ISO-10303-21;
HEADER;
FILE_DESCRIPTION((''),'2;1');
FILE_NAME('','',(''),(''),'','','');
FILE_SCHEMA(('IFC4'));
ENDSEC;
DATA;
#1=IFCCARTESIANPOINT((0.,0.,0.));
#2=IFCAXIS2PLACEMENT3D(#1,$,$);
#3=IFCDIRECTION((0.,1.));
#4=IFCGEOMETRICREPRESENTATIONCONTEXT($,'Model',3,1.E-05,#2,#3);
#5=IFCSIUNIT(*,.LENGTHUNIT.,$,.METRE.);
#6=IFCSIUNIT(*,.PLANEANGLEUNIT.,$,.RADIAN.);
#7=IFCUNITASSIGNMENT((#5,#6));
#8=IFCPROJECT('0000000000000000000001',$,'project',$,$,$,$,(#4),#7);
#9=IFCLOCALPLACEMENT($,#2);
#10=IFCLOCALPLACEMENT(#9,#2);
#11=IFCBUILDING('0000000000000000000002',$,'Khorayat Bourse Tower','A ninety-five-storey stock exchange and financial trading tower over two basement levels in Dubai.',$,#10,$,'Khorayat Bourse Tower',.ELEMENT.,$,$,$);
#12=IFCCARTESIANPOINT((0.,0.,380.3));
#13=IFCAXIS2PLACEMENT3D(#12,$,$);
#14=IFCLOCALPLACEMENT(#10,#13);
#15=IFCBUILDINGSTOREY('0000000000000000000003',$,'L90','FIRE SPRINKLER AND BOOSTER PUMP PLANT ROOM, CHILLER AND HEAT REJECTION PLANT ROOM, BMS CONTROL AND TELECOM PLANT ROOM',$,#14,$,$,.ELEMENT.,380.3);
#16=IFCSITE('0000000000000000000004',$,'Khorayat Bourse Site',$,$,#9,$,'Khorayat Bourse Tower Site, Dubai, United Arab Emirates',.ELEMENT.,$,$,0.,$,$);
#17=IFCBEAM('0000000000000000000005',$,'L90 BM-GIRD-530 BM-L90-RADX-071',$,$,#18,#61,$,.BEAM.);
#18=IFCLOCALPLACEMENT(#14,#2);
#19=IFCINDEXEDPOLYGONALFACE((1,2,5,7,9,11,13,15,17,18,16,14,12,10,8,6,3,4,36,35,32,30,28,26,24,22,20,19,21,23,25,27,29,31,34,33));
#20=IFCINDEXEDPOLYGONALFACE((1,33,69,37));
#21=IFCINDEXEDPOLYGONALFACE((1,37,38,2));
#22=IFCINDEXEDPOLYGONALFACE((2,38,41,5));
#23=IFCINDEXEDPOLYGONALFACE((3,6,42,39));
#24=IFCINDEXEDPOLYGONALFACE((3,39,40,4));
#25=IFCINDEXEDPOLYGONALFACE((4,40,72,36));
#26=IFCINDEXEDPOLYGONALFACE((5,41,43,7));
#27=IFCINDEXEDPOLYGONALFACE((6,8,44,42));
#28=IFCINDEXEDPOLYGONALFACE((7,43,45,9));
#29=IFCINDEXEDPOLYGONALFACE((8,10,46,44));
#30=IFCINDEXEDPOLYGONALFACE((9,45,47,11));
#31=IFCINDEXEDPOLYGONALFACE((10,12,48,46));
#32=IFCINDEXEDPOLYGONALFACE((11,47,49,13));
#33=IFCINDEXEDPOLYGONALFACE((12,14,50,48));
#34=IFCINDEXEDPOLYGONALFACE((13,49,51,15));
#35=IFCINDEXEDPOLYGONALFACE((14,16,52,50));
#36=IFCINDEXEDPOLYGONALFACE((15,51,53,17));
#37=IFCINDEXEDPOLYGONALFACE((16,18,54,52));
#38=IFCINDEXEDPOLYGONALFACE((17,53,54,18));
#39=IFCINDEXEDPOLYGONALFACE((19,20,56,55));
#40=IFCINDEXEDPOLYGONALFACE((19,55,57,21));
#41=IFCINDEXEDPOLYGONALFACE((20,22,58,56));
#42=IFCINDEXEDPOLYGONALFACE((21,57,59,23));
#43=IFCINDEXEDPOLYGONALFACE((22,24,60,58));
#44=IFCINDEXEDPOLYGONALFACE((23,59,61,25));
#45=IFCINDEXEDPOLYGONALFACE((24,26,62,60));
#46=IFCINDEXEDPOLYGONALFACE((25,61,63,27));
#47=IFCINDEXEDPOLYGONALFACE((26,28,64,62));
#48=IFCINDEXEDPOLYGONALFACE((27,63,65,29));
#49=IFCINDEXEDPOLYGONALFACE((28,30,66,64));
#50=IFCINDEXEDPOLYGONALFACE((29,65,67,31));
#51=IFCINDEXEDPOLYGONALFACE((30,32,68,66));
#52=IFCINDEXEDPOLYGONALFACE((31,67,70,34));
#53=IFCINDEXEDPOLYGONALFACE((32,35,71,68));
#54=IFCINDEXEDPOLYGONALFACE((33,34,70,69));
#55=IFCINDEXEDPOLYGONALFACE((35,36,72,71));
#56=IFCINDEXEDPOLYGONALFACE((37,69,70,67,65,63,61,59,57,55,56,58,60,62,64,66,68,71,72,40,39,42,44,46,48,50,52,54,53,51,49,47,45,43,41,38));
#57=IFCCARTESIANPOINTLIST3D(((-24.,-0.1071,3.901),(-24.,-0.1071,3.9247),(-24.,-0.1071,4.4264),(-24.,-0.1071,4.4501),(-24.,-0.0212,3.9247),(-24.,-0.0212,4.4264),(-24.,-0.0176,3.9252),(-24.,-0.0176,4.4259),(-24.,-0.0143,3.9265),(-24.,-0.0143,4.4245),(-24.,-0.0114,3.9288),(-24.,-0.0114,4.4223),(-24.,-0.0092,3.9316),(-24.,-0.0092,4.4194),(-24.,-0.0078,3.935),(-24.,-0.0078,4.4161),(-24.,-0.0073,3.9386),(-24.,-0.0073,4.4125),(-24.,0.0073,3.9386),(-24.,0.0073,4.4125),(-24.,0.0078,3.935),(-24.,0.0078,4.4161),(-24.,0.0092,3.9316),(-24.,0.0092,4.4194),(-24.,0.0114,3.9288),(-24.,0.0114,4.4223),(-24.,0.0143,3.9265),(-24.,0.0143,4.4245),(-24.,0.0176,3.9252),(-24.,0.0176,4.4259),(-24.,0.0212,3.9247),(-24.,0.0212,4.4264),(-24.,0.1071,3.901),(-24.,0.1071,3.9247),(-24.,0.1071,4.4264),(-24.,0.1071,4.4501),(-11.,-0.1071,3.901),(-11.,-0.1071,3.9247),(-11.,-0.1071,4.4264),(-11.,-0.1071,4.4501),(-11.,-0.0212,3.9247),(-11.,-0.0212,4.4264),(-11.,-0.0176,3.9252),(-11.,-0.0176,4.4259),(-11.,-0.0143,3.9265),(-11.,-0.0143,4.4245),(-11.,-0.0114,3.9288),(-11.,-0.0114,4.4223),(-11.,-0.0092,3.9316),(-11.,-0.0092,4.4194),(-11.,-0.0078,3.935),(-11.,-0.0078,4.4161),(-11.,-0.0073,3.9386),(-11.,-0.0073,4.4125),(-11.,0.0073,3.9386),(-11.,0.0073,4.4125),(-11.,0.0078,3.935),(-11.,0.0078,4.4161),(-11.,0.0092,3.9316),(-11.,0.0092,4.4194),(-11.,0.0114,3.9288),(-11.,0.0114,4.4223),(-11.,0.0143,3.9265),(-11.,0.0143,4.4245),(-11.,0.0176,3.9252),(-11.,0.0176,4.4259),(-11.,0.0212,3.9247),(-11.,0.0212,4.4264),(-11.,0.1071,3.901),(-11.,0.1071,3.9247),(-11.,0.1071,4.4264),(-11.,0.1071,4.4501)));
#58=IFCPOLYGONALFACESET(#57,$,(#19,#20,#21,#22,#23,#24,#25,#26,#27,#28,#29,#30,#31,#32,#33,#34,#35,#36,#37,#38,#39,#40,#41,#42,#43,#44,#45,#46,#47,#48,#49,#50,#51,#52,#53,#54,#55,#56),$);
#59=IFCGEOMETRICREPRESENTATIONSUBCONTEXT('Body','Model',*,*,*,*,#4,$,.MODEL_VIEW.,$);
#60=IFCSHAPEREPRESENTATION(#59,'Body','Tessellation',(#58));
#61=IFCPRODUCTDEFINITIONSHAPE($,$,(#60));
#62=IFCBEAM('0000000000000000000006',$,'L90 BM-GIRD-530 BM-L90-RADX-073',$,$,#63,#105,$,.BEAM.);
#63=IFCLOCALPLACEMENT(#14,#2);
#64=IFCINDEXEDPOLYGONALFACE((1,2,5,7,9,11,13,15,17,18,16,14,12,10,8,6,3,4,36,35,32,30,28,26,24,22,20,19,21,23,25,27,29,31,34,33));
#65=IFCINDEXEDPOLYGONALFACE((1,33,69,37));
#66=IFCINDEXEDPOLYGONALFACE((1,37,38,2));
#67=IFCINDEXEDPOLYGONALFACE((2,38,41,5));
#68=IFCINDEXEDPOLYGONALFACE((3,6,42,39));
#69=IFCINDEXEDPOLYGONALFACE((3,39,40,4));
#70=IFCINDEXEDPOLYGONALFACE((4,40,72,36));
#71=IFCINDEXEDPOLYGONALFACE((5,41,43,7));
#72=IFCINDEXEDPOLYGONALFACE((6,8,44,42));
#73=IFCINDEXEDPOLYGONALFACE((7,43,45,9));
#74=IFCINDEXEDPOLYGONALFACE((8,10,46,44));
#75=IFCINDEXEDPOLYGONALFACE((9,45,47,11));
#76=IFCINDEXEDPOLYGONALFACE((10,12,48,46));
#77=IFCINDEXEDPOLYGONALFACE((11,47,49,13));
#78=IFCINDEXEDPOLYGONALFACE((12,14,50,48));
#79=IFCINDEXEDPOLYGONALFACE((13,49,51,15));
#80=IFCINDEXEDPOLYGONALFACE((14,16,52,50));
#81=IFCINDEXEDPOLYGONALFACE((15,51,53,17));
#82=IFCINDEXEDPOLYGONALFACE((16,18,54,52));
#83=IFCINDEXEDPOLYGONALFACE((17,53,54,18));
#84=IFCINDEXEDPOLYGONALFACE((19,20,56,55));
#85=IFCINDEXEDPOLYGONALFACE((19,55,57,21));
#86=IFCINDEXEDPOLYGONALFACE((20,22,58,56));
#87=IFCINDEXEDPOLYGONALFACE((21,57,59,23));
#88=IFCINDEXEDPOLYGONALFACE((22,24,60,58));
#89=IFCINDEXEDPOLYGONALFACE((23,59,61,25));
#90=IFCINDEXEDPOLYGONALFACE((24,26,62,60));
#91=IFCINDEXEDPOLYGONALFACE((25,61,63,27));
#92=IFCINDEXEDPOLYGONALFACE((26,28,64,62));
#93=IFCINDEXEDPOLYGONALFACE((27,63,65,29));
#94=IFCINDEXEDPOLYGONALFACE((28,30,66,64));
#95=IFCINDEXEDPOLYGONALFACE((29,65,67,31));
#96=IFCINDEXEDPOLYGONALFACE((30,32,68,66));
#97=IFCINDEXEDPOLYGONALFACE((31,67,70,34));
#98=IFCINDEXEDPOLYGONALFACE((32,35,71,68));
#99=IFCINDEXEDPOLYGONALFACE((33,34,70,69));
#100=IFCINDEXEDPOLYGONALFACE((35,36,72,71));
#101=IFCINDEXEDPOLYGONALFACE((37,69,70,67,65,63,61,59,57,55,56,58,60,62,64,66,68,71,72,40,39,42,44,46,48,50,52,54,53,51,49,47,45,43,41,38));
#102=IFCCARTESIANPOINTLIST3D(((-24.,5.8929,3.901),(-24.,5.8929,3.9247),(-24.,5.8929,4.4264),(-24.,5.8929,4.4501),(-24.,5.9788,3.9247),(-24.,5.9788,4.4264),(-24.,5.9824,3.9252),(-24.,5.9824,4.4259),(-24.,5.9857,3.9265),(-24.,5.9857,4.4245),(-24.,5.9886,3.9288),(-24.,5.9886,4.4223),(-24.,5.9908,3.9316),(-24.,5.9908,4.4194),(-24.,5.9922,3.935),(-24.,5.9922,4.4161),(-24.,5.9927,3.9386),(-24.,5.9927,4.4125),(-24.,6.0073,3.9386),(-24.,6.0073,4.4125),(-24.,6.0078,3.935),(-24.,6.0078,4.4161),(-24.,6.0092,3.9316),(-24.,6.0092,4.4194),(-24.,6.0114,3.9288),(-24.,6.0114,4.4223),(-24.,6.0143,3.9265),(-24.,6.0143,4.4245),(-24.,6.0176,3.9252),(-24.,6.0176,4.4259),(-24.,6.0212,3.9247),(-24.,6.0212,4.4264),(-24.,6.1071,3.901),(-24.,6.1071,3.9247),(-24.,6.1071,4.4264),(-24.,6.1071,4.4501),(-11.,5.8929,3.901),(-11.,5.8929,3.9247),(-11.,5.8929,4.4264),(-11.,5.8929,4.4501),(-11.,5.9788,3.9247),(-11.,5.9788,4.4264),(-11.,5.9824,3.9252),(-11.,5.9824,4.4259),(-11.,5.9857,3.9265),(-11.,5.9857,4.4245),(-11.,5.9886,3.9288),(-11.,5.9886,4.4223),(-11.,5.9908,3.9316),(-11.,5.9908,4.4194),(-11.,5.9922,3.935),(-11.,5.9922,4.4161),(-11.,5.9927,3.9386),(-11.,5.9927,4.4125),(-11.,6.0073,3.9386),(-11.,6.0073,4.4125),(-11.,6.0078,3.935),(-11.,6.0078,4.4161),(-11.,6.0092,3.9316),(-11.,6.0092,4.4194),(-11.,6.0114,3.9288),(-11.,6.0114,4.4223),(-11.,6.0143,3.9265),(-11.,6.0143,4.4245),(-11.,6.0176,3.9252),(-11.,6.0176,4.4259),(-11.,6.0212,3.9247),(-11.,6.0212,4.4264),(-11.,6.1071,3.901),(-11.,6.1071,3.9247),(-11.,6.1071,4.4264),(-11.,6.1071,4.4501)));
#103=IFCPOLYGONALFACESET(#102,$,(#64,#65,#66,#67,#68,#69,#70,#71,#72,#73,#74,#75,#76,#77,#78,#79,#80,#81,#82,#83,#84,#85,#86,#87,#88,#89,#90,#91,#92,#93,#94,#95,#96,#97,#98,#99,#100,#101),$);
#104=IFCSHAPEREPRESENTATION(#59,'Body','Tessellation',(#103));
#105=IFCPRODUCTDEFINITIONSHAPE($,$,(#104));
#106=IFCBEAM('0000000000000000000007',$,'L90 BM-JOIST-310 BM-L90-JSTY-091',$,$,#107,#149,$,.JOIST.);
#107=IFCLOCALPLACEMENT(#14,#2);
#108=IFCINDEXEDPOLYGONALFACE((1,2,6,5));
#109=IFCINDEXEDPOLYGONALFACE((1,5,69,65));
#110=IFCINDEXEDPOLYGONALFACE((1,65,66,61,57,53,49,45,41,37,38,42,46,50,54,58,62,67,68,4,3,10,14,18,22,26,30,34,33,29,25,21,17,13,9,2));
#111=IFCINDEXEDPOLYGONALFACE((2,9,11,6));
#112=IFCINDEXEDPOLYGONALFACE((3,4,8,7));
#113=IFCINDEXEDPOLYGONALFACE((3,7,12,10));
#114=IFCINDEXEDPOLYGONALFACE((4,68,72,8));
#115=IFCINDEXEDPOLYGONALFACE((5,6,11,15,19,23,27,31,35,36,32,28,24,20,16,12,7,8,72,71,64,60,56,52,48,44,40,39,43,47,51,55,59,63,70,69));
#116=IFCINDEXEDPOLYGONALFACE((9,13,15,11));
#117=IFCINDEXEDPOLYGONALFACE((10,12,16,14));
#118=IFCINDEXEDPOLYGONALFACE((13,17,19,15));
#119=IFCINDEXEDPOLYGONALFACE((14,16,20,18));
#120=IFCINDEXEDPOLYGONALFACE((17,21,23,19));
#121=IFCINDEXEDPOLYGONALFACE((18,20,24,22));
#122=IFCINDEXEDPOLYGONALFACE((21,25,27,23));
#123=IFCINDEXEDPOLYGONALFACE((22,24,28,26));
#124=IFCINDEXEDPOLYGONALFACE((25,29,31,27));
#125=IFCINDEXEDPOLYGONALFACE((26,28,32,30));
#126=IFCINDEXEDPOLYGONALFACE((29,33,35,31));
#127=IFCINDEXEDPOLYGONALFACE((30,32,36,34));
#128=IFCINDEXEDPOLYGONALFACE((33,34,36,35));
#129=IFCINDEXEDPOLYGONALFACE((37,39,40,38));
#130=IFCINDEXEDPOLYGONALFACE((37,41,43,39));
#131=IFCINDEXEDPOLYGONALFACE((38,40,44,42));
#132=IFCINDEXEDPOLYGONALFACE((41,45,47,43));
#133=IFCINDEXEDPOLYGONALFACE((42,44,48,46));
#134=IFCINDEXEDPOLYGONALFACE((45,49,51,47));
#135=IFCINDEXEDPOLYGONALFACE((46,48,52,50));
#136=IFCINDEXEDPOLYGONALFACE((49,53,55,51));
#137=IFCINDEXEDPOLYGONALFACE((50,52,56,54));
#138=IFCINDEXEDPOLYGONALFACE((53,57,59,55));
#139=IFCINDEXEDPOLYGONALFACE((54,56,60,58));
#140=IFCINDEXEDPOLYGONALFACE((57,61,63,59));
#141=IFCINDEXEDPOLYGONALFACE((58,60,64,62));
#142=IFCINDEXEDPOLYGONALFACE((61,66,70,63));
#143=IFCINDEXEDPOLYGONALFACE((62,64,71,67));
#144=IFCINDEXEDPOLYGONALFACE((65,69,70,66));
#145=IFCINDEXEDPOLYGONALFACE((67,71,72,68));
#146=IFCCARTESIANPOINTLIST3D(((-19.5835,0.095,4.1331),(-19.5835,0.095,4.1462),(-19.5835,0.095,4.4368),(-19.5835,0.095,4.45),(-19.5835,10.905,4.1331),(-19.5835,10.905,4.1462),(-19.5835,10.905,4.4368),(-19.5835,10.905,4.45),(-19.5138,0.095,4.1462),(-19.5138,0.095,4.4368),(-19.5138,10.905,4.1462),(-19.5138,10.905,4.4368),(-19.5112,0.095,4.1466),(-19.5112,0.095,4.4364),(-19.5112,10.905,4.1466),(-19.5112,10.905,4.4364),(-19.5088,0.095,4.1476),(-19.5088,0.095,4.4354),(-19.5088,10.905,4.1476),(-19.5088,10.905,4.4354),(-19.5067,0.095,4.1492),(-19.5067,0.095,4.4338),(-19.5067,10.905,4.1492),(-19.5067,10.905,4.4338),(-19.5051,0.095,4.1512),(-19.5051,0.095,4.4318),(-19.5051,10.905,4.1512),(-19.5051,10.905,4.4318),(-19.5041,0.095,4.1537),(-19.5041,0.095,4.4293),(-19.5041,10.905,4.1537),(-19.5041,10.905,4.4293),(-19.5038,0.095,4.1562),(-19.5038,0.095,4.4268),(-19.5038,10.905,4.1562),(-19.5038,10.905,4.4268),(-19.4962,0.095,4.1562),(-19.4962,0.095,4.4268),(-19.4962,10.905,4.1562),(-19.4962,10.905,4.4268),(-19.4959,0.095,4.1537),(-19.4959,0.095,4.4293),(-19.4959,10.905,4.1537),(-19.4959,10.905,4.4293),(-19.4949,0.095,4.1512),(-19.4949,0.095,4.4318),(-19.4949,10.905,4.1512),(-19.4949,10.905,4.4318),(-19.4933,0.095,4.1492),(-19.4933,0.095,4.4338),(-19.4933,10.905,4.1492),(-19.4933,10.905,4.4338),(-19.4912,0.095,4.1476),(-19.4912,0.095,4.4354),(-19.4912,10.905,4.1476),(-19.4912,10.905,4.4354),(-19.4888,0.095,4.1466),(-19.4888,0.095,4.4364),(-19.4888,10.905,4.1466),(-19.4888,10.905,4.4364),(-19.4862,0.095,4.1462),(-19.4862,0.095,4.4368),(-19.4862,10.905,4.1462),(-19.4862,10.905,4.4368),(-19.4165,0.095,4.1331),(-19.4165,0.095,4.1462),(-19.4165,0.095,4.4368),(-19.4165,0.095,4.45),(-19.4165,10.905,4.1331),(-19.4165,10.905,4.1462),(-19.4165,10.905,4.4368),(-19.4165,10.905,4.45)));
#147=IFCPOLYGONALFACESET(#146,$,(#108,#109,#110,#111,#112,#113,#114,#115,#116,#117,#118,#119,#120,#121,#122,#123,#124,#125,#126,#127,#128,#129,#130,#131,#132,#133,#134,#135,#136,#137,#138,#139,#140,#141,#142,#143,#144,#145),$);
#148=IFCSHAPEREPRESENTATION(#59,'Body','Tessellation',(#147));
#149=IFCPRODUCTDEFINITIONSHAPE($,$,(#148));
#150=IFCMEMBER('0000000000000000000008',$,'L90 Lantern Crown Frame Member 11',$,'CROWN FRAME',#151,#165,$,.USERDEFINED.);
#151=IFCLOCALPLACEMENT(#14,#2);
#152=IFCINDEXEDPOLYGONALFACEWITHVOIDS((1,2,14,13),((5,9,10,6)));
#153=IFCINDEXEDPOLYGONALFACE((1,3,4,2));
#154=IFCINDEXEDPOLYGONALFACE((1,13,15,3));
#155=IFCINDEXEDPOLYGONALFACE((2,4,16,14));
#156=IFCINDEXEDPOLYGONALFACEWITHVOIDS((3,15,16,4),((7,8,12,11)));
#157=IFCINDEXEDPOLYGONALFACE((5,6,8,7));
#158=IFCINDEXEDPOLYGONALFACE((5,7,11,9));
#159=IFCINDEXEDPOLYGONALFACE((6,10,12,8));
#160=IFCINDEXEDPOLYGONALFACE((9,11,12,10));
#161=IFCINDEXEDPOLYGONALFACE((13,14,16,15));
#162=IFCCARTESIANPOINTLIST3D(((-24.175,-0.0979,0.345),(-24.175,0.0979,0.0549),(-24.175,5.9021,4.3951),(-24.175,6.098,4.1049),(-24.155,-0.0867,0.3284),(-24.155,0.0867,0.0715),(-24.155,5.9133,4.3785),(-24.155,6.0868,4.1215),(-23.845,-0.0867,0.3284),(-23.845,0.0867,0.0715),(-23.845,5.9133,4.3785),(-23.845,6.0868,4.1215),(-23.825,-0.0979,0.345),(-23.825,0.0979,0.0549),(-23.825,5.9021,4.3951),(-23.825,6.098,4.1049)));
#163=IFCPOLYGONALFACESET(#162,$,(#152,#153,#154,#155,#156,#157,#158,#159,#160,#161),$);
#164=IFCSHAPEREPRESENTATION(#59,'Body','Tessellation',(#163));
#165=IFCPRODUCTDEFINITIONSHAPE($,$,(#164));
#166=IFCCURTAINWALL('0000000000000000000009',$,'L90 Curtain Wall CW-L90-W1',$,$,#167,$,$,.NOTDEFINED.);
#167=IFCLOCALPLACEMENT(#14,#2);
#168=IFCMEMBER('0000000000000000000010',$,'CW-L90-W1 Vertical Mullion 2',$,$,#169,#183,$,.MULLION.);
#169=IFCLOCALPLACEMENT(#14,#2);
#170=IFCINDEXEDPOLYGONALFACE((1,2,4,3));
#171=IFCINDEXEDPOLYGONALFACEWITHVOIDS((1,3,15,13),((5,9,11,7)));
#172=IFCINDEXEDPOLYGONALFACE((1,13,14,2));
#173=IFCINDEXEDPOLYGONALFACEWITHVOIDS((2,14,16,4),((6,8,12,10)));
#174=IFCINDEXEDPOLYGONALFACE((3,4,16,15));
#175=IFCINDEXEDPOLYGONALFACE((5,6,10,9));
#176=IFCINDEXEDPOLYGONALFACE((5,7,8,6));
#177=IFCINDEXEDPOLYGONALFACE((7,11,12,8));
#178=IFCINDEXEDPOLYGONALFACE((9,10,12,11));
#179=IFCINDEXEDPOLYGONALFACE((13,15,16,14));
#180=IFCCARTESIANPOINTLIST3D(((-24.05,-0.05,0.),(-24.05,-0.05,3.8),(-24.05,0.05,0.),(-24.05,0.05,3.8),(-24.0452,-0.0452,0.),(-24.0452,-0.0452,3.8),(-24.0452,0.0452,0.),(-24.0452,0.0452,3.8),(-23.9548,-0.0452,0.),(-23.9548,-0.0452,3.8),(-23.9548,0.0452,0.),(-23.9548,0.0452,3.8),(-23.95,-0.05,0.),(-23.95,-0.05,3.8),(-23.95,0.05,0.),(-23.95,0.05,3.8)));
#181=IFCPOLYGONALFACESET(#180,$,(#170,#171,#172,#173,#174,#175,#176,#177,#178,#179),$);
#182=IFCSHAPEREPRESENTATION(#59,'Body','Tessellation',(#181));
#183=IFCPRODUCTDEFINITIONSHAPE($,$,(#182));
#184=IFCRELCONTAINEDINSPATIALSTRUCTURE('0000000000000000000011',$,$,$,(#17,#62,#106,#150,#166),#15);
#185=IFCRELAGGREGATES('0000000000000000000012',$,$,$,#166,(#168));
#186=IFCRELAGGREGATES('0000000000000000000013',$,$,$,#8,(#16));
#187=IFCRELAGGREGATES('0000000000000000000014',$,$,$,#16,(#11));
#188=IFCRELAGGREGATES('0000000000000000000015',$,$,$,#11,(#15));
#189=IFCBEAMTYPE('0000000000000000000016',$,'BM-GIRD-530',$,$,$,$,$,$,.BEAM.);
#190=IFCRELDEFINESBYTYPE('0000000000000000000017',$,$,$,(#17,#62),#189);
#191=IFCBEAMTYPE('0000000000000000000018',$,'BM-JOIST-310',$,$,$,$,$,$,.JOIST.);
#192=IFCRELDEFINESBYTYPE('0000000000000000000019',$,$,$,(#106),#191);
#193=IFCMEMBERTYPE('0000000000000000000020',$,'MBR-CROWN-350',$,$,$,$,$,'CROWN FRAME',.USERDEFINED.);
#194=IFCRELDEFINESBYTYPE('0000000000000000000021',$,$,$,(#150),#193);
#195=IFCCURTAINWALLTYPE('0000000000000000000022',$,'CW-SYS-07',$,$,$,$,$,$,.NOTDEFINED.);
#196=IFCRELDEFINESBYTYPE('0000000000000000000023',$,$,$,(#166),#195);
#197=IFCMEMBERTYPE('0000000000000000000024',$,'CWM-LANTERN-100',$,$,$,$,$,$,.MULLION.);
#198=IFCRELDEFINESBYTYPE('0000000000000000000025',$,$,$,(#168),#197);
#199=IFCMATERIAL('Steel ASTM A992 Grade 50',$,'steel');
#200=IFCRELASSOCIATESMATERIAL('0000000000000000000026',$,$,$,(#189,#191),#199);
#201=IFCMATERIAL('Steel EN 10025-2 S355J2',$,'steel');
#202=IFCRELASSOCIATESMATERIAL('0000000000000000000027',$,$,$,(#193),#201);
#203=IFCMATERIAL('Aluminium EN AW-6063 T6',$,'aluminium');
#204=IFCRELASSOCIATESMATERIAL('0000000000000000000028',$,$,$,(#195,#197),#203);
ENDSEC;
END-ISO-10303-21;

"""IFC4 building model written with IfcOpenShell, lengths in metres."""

from ifc_helpers import new_model, si_unit, direction, frame, origin, origin_2d, place, context, subcontext, project, spatial, hollow_rectangle, i_section, extrude, source, transform, mapped, material, material_profile, profile_set, type_object, element, aggregate, save


model = new_model("IFC4")

# Units and contexts
model_context = context("Model", 3, precision=1e-05, world=origin(), true_north=direction((0.0, 1.0)))
body_context = subcontext(model_context, "Body", "Model", "MODEL_VIEW")
ifc_project = project(units=[si_unit("LENGTHUNIT", "METRE"), si_unit("PLANEANGLEUNIT", "RADIAN")], contexts=[model_context])

# Site, building, storey
site_placement = place(None, origin())
site = spatial("IfcSite", under=ifc_project, at=site_placement, Name="Khorayat Bourse Site", LongName="Khorayat Bourse Tower Site, Dubai, United Arab Emirates", CompositionType="ELEMENT", RefElevation=0.0)
building_placement = place(site_placement, origin())
building = spatial("IfcBuilding", under=site, at=building_placement, Name="Khorayat Bourse Tower", Description="A ninety-five-storey stock exchange and financial trading tower over two basement levels in Dubai.", LongName="Khorayat Bourse Tower", CompositionType="ELEMENT")
storey_placement = place(building_placement, frame((0.0, 0.0, 380.3)))
storey = spatial("IfcBuildingStorey", under=building, at=storey_placement, Name="L90", Description="FIRE SPRINKLER AND BOOSTER PUMP PLANT ROOM, CHILLER AND HEAT REJECTION PLANT ROOM, BMS CONTROL AND TELECOM PLANT ROOM", CompositionType="ELEMENT", Elevation=380.3)

# Shared definitions
ifc_material_1 = material(Name="Steel EN 10025-2 S355J2", Category="steel")

# Beams
ifc_material_2 = material(Name="Steel ASTM A992 Grade 50", Category="steel")
ifc_material_profile_1 = material_profile(ifc_material_2, i_section(OverallWidth=0.2141, OverallDepth=0.5491, WebThickness=0.0146, FlangeThickness=0.0237, FilletRadius=0.0139, at=origin_2d()), Name="W530X138")
ifc_profile_set_1 = profile_set([ifc_material_profile_1], Name="Steel ASTM A992 Grade 50")
beam_type_1 = type_object("IfcBeamType", Name="BM-GIRD-530", PredefinedType="BEAM", material=ifc_profile_set_1)
shared_shape_1 = source(origin(), body_context, "Body", "SweptSolid", [
    extrude(i_section(OverallWidth=0.2141, OverallDepth=0.5491, WebThickness=0.0146, FlangeThickness=0.0237, FilletRadius=0.0139, at=origin_2d()), origin(), (0.0, 0.0, 1.0), 13.0),
])
for number, where, z_axis, x_axis, name in (
    (1, (-24.0, 0.0, 4.1755), (1.0, 0.0, 0.0), (0.0, 1.0, 0.0), "L90 BM-GIRD-530 BM-L90-RADX-071"),
    (2, (-24.0, 6.0, 4.1755), (1.0, 0.0, 0.0), (0.0, 1.0, 0.0), "L90 BM-GIRD-530 BM-L90-RADX-073"),
):
    element("IfcBeam", number, at=place(storey_placement, frame(where, z_axis=z_axis, x_axis=x_axis)), inside=storey, type_object=beam_type_1, Name=name, PredefinedType="BEAM", context=body_context, shape_type="MappedRepresentation", body=[
        mapped(shared_shape_1, transform((0.0, 0.0, 0.0), scale=1.0)),
    ])
ifc_material_profile_2 = material_profile(ifc_material_2, i_section(OverallWidth=0.167, OverallDepth=0.3169, WebThickness=0.0076, FlangeThickness=0.0132, FilletRadius=0.01, at=origin_2d()), Name="W310X52")
ifc_profile_set_2 = profile_set([ifc_material_profile_2], Name="Steel ASTM A992 Grade 50")
beam_type_2 = type_object("IfcBeamType", Name="BM-JOIST-310", PredefinedType="JOIST", material=ifc_profile_set_2)
shared_shape_2 = source(origin(), body_context, "Body", "SweptSolid", [
    extrude(i_section(OverallWidth=0.167, OverallDepth=0.3169, WebThickness=0.0076, FlangeThickness=0.0132, FilletRadius=0.01, at=origin_2d()), origin(), (0.0, 0.0, 1.0), 10.8101),
])
beam_1_placement = place(storey_placement, frame((-19.5, 0.095, 4.2915), z_axis=(0.0, 1.0, 0.0), x_axis=(-1.0, 0.0, 0.0)))
element("IfcBeam", 3, at=beam_1_placement, inside=storey, type_object=beam_type_2, Name="L90 BM-JOIST-310 BM-L90-JSTY-091", PredefinedType="JOIST", context=body_context, shape_type="MappedRepresentation", body=[
    mapped(shared_shape_2, transform((0.0, 0.0, 0.0), scale=1.0)),
])

# Member
ifc_material_profile_3 = material_profile(ifc_material_1, hollow_rectangle(XDim=0.3501, YDim=0.3501, WallThickness=0.02, at=origin_2d()), Name="HSS 350x350x20")
ifc_profile_set_3 = profile_set([ifc_material_profile_3], Name="Steel EN 10025-2 S355J2")
member_type_1 = type_object("IfcMemberType", Name="MBR-CROWN-350", ElementType="CROWN FRAME", PredefinedType="USERDEFINED", material=ifc_profile_set_3)
shared_shape_3 = source(origin(), body_context, "Body", "SweptSolid", [
    extrude(hollow_rectangle(XDim=0.3501, YDim=0.3501, WallThickness=0.02, at=origin_2d()), origin(), (0.0, 0.0, 1.0), 7.239),
])
member_1_placement = place(storey_placement, frame((-24.0, 0.0, 0.2), z_axis=(0.0, 0.828846, 0.559477), x_axis=(-1.0, 0.0, 0.0)))
element("IfcMember", 4, at=member_1_placement, inside=storey, type_object=member_type_1, Name="L90 Lantern Crown Frame Member 11", ObjectType="CROWN FRAME", PredefinedType="USERDEFINED", context=body_context, shape_type="MappedRepresentation", body=[
    mapped(shared_shape_3, transform((0.0, 0.0, 0.0), scale=1.0)),
])

# Curtain wall, member
ifc_material_3 = material(Name="Aluminium EN AW-6063 T6", Category="aluminium")
curtain_wall_type = type_object("IfcCurtainWallType", Name="CW-SYS-07", PredefinedType="NOTDEFINED", material=ifc_material_3)
curtain_wall_placement = place(storey_placement, origin())
curtain_wall = element("IfcCurtainWall", 5, at=curtain_wall_placement, inside=storey, type_object=curtain_wall_type, Name="L90 Curtain Wall CW-L90-W1", PredefinedType="NOTDEFINED")
ifc_material_profile_4 = material_profile(ifc_material_3, hollow_rectangle(XDim=0.1001, YDim=0.1001, WallThickness=0.0049, at=origin_2d()), Name="ALU 100x100x5")
ifc_profile_set_4 = profile_set([ifc_material_profile_4], Name="Aluminium EN AW-6063 T6")
member_type_2 = type_object("IfcMemberType", Name="CWM-LANTERN-100", PredefinedType="MULLION", material=ifc_profile_set_4)
shared_shape_4 = source(origin(), body_context, "Body", "SweptSolid", [
    extrude(hollow_rectangle(XDim=0.1001, YDim=0.1001, WallThickness=0.0049, at=origin_2d()), origin(), (0.0, 0.0, 1.0), 3.8),
])
member_2_placement = place(storey_placement, frame((-24.0, 0.0, 0.0), z_axis=(0.0, 0.0, 1.0), x_axis=(-1.0, 0.0, 0.0)))
member_2 = element("IfcMember", 6, at=member_2_placement, type_object=member_type_2, Name="CW-L90-W1 Vertical Mullion 2", PredefinedType="MULLION", context=body_context, shape_type="MappedRepresentation", body=[
    mapped(shared_shape_4, transform((0.0, 0.0, 0.0), scale=1.0)),
])

aggregate(curtain_wall, [member_2])

save(model, "model.ifc")
